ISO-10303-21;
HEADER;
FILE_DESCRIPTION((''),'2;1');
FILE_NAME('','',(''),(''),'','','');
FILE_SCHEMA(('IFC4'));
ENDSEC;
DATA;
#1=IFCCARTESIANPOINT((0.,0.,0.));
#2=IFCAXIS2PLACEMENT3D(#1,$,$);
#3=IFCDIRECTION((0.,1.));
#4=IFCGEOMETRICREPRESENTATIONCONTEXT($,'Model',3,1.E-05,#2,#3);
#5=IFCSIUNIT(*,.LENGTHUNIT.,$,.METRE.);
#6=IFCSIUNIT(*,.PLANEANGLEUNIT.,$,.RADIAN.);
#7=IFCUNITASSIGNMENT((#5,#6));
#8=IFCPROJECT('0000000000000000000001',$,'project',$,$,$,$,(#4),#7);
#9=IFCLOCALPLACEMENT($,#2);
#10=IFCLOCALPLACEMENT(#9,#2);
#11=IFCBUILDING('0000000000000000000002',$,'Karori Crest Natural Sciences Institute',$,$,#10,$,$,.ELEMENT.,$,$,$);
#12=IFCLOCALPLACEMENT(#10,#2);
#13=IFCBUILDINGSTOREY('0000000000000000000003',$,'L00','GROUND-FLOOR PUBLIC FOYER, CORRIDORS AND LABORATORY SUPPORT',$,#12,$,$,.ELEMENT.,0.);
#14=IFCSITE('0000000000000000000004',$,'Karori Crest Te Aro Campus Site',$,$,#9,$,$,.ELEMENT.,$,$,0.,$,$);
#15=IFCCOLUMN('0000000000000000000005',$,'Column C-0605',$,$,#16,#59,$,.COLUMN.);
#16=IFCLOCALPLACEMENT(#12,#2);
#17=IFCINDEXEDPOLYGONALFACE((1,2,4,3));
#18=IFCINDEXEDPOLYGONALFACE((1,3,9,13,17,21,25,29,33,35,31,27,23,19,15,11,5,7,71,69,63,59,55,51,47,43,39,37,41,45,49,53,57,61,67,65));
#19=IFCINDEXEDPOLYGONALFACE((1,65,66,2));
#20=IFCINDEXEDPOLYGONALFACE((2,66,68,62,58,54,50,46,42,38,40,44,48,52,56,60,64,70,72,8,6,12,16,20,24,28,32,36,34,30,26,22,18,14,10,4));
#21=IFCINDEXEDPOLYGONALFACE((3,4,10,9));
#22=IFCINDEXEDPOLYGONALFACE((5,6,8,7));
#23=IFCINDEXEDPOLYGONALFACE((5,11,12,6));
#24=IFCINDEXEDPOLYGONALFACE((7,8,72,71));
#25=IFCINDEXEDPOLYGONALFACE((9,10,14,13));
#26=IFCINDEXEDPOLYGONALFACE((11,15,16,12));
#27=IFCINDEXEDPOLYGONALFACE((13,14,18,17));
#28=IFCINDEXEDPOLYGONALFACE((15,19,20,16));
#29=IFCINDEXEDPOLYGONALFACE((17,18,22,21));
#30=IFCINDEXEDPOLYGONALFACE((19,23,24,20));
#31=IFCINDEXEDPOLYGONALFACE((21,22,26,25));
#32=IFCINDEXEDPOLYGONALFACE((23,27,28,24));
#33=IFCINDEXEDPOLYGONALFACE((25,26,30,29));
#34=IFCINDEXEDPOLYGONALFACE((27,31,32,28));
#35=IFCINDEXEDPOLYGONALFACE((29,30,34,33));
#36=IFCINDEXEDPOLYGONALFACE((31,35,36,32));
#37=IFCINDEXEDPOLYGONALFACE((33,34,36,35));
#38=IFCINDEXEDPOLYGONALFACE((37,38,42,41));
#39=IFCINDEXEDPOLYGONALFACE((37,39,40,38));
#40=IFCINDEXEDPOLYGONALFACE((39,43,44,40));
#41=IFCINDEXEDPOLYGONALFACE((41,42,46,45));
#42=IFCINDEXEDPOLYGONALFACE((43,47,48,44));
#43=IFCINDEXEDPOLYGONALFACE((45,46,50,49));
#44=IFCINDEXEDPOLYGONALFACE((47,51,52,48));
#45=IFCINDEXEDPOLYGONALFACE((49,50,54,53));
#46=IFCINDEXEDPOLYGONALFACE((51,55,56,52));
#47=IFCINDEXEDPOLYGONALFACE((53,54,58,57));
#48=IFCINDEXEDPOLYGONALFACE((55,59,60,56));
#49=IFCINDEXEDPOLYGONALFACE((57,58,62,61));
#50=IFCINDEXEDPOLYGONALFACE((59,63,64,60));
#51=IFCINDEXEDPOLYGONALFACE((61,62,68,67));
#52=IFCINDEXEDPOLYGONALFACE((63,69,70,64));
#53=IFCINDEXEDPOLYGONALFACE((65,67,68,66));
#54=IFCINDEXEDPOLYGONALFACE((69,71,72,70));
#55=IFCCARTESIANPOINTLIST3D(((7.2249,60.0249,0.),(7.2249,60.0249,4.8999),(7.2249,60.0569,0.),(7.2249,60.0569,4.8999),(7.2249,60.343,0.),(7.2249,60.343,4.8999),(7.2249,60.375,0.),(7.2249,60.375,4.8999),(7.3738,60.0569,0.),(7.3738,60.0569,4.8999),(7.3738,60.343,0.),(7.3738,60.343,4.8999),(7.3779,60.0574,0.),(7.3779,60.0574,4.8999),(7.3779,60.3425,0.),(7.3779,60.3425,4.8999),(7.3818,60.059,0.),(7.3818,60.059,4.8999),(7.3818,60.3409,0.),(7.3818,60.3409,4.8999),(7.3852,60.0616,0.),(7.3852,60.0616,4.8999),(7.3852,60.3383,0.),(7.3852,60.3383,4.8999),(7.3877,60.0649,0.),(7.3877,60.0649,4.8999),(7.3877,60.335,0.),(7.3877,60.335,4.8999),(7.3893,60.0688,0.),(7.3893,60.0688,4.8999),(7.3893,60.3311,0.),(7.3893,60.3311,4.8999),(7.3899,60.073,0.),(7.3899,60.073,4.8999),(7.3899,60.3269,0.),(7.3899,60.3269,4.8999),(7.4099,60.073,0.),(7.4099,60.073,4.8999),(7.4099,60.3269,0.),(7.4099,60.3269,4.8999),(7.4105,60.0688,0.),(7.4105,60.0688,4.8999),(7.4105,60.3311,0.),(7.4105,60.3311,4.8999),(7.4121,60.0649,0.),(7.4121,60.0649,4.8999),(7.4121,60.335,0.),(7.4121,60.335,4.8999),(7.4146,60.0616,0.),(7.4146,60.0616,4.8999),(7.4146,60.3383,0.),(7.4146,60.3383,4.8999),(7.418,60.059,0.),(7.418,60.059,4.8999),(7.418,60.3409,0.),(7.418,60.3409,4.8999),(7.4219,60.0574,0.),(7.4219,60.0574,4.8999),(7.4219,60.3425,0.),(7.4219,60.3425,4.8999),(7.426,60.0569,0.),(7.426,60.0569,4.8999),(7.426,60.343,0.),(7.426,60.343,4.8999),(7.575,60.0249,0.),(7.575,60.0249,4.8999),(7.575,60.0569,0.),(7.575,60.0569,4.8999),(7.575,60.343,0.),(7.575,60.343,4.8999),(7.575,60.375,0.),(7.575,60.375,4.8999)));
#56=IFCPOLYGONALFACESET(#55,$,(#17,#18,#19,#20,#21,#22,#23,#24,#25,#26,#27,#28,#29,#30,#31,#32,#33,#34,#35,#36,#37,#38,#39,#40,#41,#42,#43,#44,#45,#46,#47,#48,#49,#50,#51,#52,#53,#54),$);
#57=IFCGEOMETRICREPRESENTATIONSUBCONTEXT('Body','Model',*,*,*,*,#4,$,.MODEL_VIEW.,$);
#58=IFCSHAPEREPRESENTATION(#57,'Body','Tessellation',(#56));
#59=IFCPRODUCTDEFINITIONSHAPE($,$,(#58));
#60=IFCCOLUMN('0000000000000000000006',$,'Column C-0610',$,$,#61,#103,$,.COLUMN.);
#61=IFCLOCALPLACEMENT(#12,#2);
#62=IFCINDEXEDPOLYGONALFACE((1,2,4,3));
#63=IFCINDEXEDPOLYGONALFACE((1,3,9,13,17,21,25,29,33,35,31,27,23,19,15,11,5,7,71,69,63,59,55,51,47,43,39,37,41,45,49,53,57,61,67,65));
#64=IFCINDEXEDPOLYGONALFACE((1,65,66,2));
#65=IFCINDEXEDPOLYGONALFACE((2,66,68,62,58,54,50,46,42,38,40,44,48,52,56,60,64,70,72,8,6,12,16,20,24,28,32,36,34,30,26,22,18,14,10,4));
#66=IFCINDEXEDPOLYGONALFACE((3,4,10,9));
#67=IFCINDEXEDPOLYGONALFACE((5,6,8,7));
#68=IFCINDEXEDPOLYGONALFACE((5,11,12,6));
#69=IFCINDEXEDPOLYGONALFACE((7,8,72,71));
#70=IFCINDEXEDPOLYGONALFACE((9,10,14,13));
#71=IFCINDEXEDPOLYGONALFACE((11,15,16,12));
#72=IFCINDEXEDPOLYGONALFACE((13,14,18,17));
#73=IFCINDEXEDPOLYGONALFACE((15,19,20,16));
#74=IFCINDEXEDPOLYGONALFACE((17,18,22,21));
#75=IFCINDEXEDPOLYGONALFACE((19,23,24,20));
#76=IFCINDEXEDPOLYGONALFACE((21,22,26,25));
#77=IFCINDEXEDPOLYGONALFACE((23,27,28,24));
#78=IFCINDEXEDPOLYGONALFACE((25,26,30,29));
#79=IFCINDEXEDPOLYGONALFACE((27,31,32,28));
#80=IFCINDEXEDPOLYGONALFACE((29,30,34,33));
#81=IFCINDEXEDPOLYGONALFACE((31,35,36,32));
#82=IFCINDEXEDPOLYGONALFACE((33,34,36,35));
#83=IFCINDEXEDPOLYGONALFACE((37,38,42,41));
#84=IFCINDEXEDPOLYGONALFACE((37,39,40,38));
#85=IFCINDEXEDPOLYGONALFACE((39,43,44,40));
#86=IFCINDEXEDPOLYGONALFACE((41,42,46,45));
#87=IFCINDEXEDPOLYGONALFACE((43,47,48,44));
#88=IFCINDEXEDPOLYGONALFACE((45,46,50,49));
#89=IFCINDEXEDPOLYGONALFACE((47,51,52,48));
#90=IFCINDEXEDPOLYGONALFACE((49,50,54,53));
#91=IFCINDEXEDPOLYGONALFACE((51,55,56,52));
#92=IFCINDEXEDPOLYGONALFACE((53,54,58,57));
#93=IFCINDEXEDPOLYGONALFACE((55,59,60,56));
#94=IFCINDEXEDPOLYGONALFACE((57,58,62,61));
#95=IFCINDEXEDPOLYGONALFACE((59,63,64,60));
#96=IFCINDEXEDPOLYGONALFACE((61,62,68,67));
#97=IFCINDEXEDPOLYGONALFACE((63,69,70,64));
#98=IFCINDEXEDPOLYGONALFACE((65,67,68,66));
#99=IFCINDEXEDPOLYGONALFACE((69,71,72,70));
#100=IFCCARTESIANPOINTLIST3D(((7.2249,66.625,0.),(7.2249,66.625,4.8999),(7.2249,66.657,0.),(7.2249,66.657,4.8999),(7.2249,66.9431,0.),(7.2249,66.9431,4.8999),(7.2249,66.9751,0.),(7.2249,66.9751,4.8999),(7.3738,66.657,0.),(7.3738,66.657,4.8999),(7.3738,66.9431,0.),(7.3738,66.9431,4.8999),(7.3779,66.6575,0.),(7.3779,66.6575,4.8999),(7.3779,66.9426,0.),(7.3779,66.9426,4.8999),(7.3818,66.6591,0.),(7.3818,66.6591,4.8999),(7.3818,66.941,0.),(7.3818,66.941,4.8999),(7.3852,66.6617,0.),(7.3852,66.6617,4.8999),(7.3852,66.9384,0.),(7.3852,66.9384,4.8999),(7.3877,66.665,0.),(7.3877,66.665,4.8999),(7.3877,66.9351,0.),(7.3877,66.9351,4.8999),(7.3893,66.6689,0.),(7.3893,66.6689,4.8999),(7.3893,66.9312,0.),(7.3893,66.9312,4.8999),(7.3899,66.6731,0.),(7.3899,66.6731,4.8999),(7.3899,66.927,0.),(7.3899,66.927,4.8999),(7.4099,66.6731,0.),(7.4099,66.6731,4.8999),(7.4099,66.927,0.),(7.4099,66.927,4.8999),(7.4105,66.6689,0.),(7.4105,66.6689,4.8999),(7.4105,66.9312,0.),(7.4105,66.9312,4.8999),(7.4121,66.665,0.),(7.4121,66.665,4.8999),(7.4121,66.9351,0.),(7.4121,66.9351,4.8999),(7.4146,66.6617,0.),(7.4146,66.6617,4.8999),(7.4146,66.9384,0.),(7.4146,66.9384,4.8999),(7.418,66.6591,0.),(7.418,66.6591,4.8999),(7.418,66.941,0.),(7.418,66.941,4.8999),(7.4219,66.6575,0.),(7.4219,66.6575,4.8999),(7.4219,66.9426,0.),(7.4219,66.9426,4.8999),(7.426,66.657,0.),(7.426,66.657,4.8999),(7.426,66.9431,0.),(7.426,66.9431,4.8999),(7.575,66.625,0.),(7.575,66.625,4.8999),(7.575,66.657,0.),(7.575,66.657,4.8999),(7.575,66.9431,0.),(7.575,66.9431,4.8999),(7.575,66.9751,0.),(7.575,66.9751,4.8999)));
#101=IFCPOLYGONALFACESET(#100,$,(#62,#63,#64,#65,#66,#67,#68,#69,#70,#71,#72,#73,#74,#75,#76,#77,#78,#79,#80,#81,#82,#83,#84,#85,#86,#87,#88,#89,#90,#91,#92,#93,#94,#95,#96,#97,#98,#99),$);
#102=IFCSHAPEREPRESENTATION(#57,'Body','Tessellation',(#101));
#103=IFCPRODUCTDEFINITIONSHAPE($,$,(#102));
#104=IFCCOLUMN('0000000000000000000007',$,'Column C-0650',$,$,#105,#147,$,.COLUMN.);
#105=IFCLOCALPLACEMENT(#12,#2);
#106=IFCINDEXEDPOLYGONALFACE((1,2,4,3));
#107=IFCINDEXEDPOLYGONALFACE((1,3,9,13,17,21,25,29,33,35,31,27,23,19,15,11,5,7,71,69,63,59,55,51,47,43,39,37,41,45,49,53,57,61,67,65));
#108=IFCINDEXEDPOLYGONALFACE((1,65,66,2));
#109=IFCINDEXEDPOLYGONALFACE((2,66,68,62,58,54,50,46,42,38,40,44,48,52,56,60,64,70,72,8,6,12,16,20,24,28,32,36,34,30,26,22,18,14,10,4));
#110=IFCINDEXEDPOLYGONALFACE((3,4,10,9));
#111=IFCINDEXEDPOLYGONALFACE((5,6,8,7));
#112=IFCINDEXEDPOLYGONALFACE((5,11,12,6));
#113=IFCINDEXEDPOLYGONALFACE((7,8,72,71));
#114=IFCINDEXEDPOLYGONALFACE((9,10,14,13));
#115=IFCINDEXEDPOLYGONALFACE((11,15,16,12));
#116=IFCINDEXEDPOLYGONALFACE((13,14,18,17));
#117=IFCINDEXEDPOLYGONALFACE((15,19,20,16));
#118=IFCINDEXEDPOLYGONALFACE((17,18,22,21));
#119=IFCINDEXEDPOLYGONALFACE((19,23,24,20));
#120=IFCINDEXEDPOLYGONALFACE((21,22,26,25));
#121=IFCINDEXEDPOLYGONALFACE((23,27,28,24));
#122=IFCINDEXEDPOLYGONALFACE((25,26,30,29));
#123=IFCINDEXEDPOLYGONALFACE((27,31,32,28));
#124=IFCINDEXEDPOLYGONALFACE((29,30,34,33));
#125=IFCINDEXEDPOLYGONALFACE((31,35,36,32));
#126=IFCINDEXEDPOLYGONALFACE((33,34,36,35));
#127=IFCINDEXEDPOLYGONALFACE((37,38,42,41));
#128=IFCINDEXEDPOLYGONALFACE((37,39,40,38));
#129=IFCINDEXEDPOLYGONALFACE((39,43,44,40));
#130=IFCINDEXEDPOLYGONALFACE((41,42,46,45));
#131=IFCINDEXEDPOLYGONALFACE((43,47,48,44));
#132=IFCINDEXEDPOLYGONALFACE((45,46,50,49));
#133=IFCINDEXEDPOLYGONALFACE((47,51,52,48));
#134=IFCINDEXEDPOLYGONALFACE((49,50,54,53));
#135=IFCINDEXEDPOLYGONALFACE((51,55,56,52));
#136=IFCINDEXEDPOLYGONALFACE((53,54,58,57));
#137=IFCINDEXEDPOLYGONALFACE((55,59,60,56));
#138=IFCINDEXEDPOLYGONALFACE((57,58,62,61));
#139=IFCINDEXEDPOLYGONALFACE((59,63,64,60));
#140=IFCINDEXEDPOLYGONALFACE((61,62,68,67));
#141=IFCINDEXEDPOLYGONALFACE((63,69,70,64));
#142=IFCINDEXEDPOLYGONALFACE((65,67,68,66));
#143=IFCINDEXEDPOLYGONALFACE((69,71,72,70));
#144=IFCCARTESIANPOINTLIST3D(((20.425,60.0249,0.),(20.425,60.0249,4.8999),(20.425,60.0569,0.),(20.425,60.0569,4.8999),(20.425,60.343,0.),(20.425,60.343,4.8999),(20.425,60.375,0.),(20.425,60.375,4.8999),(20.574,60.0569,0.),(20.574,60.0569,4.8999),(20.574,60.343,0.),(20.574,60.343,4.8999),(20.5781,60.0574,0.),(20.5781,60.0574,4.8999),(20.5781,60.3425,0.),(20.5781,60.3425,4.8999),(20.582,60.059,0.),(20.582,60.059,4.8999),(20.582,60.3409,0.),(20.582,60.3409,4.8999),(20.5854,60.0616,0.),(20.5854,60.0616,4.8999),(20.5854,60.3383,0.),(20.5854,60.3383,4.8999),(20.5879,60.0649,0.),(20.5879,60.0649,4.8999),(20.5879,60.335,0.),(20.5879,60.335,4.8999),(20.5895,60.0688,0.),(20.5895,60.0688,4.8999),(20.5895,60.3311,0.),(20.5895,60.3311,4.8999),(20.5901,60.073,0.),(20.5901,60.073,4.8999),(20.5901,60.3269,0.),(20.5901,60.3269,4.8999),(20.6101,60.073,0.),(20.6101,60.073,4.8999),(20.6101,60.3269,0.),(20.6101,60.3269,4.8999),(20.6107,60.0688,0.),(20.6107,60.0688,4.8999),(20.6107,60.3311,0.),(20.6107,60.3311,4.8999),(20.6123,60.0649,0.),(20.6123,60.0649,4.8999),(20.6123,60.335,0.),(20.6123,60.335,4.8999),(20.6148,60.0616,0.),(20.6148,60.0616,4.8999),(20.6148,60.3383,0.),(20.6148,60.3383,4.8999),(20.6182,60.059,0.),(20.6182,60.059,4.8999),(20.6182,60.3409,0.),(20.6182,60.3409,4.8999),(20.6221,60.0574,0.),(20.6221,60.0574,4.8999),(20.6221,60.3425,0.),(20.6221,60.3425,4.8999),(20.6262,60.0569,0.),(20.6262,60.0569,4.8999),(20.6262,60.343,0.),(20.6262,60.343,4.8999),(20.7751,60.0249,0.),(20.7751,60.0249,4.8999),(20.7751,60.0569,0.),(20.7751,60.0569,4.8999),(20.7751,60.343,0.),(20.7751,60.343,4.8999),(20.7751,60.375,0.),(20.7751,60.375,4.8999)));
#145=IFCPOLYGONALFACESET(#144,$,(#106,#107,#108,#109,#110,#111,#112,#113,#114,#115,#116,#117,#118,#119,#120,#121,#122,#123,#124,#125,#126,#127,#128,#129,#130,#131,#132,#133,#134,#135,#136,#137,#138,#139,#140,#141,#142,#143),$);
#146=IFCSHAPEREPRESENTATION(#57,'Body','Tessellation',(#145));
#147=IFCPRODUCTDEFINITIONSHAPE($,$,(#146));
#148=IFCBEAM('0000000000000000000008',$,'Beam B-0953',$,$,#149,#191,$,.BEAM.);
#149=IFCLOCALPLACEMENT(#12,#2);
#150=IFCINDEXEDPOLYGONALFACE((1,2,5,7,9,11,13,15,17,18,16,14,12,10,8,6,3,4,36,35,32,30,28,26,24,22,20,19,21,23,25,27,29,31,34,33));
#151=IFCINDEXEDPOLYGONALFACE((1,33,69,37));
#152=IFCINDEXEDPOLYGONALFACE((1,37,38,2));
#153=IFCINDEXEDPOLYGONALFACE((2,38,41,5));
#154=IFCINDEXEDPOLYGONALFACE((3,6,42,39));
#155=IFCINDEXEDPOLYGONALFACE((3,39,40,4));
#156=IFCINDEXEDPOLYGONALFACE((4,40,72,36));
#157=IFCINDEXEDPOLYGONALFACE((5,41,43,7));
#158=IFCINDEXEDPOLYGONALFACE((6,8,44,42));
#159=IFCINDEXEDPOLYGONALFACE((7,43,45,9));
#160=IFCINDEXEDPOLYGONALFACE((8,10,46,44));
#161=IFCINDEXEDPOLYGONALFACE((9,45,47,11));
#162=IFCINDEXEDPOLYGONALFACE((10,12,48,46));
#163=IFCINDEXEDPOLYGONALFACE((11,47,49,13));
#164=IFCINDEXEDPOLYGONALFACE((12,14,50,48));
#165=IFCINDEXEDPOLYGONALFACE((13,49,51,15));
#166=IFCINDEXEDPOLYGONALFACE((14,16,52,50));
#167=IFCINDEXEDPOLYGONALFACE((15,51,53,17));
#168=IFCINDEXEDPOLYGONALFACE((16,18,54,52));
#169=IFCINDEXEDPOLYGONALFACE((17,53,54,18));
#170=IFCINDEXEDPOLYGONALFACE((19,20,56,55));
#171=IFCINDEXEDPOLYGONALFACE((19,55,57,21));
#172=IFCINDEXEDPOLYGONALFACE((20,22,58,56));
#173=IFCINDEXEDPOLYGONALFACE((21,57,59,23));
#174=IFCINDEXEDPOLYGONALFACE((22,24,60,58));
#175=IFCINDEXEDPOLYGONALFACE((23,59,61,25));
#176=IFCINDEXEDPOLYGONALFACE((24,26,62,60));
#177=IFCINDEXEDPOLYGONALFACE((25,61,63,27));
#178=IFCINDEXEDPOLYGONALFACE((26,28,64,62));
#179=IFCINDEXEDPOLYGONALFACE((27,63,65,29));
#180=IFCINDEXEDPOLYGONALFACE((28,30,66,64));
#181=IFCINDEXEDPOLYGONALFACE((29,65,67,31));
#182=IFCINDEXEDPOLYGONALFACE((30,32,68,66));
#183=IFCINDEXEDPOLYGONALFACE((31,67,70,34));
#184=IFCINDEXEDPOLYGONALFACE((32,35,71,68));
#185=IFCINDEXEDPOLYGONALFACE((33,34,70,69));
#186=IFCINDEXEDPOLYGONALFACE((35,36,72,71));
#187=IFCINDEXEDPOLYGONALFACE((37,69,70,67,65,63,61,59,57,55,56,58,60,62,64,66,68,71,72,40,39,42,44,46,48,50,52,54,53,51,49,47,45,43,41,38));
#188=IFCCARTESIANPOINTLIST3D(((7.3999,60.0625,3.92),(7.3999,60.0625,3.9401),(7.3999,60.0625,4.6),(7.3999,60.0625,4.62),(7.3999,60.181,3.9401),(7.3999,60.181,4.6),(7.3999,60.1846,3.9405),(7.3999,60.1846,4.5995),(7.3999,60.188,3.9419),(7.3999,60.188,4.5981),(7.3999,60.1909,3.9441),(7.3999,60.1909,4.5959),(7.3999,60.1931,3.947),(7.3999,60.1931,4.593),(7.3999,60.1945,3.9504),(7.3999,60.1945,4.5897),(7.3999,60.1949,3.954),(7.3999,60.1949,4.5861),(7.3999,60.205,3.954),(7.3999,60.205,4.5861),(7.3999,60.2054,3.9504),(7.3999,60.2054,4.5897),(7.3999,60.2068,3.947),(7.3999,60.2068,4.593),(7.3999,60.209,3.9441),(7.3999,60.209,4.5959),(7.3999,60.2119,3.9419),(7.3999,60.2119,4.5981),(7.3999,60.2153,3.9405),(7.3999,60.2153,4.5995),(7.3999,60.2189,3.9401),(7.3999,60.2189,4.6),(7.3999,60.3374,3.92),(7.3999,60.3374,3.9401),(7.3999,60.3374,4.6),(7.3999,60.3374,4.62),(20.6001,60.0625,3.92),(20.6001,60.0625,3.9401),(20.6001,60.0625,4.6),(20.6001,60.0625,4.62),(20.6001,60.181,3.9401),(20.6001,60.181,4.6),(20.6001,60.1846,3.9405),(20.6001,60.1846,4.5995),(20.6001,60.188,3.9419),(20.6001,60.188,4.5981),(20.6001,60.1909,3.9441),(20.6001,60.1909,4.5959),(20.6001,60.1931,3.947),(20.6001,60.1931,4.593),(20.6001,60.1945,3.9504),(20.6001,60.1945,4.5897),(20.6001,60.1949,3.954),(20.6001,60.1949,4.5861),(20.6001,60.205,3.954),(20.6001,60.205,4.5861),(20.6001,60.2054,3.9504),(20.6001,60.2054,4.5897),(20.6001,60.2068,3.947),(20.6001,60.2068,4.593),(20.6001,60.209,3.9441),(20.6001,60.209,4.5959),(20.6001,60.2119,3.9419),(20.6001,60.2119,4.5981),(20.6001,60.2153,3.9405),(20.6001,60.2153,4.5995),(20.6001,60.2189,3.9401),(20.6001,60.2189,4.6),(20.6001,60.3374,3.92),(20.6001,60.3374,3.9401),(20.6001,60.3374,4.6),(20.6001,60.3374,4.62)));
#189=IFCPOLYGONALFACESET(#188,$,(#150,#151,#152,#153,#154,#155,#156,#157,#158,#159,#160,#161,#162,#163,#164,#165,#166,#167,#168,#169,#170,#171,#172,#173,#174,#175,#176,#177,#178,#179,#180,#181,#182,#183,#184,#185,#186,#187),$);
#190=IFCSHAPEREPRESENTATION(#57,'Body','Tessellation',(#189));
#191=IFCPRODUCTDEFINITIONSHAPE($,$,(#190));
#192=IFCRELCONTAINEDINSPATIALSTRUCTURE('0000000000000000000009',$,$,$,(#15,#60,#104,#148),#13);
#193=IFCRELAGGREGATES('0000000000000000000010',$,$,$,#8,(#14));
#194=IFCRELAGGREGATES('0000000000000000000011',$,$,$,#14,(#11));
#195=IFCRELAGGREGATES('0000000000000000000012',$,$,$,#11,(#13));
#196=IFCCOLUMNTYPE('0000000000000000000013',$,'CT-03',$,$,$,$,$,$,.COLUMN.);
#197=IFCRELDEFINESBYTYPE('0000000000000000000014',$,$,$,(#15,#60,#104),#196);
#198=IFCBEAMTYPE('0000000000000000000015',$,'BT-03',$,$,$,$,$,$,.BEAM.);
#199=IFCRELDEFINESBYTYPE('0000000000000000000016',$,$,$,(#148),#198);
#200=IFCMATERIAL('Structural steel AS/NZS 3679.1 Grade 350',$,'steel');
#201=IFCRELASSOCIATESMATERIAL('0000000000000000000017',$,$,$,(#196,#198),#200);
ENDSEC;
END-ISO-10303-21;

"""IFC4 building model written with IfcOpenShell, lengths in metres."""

from ifc_helpers import new_model, si_unit, direction, frame, origin, origin_2d, place, context, subcontext, project, spatial, i_section, extrude, material, material_profile, profile_set, type_object, element, save


model = new_model("IFC4")

# Units and contexts
model_context = context("Model", 3, precision=1e-05, world=origin(), true_north=direction((0.0, 1.0)))
body_context = subcontext(model_context, "Body", "Model", "MODEL_VIEW")
ifc_project = project(units=[si_unit("LENGTHUNIT", "METRE"), si_unit("PLANEANGLEUNIT", "RADIAN")], contexts=[model_context])

# Site, building, storey
site_placement = place(None, origin())
site = spatial("IfcSite", under=ifc_project, at=site_placement, Name="Karori Crest Te Aro Campus Site", CompositionType="ELEMENT", RefElevation=0.0)
building_placement = place(site_placement, origin())
building = spatial("IfcBuilding", under=site, at=building_placement, Name="Karori Crest Natural Sciences Institute", CompositionType="ELEMENT")
storey_placement = place(building_placement, origin())
storey = spatial("IfcBuildingStorey", under=building, at=storey_placement, Name="L00", Description="GROUND-FLOOR PUBLIC FOYER, CORRIDORS AND LABORATORY SUPPORT", CompositionType="ELEMENT", Elevation=0.0)

# Columns
ifc_material_1 = material(Name="Structural steel AS/NZS 3679.1 Grade 350", Category="steel")
ifc_material_profile_1 = material_profile(ifc_material_1, i_section(OverallWidth=0.3501, OverallDepth=0.3501, WebThickness=0.02, FlangeThickness=0.032, FilletRadius=0.0161, at=origin_2d()), Name="350WC280")
ifc_profile_set_1 = profile_set([ifc_material_profile_1], Name="Structural steel AS/NZS 3679.1 Grade 350")
column_type = type_object("IfcColumnType", Name="CT-03", PredefinedType="COLUMN", material=ifc_profile_set_1)
for number, where, z_axis, x_axis, name in (
    (1, (7.3999, 60.2, 0.0), (0.0, 0.0, 1.0), (1.0, 0.0, 0.0), "Column C-0605"),
    (2, (7.3999, 66.8, 0.0), (0.0, 0.0, 1.0), (1.0, 0.0, 0.0), "Column C-0610"),
    (3, (20.6001, 60.2, 0.0), (0.0, 0.0, 1.0), (1.0, 0.0, 0.0), "Column C-0650"),
):
    element("IfcColumn", number, at=place(storey_placement, frame(where, z_axis=z_axis, x_axis=x_axis)), inside=storey, type_object=column_type, Name=name, PredefinedType="COLUMN", context=body_context, shape_type="SweptSolid", body=[
        extrude(i_section(OverallWidth=0.3501, OverallDepth=0.3501, WebThickness=0.02, FlangeThickness=0.032, FilletRadius=0.0161, at=origin_2d()), origin(), (0.0, 0.0, 1.0), 4.8999),
    ])

# Beam
ifc_material_profile_2 = material_profile(ifc_material_1, i_section(OverallWidth=0.2749, OverallDepth=0.7, WebThickness=0.01, FlangeThickness=0.02, FilletRadius=0.0139, at=origin_2d()), Name="700WB150")
ifc_profile_set_2 = profile_set([ifc_material_profile_2], Name="Structural steel AS/NZS 3679.1 Grade 350")
beam_type_1 = type_object("IfcBeamType", Name="BT-03", PredefinedType="BEAM", material=ifc_profile_set_2)
for number, where, z_axis, x_axis, name in (
    (4, (7.3999, 60.2, 4.27), (1.0, 0.0, 0.0), (0.0, 1.0, 0.0), "Beam B-0953"),
):
    element("IfcBeam", number, at=place(storey_placement, frame(where, z_axis=z_axis, x_axis=x_axis)), inside=storey, type_object=beam_type_1, Name=name, PredefinedType="BEAM", context=body_context, shape_type="SweptSolid", body=[
        extrude(i_section(OverallWidth=0.2749, OverallDepth=0.7, WebThickness=0.01, FlangeThickness=0.02, FilletRadius=0.0139, at=origin_2d()), origin(), (0.0, 0.0, 1.0), 13.2002),
    ])

save(model, "model.ifc")
